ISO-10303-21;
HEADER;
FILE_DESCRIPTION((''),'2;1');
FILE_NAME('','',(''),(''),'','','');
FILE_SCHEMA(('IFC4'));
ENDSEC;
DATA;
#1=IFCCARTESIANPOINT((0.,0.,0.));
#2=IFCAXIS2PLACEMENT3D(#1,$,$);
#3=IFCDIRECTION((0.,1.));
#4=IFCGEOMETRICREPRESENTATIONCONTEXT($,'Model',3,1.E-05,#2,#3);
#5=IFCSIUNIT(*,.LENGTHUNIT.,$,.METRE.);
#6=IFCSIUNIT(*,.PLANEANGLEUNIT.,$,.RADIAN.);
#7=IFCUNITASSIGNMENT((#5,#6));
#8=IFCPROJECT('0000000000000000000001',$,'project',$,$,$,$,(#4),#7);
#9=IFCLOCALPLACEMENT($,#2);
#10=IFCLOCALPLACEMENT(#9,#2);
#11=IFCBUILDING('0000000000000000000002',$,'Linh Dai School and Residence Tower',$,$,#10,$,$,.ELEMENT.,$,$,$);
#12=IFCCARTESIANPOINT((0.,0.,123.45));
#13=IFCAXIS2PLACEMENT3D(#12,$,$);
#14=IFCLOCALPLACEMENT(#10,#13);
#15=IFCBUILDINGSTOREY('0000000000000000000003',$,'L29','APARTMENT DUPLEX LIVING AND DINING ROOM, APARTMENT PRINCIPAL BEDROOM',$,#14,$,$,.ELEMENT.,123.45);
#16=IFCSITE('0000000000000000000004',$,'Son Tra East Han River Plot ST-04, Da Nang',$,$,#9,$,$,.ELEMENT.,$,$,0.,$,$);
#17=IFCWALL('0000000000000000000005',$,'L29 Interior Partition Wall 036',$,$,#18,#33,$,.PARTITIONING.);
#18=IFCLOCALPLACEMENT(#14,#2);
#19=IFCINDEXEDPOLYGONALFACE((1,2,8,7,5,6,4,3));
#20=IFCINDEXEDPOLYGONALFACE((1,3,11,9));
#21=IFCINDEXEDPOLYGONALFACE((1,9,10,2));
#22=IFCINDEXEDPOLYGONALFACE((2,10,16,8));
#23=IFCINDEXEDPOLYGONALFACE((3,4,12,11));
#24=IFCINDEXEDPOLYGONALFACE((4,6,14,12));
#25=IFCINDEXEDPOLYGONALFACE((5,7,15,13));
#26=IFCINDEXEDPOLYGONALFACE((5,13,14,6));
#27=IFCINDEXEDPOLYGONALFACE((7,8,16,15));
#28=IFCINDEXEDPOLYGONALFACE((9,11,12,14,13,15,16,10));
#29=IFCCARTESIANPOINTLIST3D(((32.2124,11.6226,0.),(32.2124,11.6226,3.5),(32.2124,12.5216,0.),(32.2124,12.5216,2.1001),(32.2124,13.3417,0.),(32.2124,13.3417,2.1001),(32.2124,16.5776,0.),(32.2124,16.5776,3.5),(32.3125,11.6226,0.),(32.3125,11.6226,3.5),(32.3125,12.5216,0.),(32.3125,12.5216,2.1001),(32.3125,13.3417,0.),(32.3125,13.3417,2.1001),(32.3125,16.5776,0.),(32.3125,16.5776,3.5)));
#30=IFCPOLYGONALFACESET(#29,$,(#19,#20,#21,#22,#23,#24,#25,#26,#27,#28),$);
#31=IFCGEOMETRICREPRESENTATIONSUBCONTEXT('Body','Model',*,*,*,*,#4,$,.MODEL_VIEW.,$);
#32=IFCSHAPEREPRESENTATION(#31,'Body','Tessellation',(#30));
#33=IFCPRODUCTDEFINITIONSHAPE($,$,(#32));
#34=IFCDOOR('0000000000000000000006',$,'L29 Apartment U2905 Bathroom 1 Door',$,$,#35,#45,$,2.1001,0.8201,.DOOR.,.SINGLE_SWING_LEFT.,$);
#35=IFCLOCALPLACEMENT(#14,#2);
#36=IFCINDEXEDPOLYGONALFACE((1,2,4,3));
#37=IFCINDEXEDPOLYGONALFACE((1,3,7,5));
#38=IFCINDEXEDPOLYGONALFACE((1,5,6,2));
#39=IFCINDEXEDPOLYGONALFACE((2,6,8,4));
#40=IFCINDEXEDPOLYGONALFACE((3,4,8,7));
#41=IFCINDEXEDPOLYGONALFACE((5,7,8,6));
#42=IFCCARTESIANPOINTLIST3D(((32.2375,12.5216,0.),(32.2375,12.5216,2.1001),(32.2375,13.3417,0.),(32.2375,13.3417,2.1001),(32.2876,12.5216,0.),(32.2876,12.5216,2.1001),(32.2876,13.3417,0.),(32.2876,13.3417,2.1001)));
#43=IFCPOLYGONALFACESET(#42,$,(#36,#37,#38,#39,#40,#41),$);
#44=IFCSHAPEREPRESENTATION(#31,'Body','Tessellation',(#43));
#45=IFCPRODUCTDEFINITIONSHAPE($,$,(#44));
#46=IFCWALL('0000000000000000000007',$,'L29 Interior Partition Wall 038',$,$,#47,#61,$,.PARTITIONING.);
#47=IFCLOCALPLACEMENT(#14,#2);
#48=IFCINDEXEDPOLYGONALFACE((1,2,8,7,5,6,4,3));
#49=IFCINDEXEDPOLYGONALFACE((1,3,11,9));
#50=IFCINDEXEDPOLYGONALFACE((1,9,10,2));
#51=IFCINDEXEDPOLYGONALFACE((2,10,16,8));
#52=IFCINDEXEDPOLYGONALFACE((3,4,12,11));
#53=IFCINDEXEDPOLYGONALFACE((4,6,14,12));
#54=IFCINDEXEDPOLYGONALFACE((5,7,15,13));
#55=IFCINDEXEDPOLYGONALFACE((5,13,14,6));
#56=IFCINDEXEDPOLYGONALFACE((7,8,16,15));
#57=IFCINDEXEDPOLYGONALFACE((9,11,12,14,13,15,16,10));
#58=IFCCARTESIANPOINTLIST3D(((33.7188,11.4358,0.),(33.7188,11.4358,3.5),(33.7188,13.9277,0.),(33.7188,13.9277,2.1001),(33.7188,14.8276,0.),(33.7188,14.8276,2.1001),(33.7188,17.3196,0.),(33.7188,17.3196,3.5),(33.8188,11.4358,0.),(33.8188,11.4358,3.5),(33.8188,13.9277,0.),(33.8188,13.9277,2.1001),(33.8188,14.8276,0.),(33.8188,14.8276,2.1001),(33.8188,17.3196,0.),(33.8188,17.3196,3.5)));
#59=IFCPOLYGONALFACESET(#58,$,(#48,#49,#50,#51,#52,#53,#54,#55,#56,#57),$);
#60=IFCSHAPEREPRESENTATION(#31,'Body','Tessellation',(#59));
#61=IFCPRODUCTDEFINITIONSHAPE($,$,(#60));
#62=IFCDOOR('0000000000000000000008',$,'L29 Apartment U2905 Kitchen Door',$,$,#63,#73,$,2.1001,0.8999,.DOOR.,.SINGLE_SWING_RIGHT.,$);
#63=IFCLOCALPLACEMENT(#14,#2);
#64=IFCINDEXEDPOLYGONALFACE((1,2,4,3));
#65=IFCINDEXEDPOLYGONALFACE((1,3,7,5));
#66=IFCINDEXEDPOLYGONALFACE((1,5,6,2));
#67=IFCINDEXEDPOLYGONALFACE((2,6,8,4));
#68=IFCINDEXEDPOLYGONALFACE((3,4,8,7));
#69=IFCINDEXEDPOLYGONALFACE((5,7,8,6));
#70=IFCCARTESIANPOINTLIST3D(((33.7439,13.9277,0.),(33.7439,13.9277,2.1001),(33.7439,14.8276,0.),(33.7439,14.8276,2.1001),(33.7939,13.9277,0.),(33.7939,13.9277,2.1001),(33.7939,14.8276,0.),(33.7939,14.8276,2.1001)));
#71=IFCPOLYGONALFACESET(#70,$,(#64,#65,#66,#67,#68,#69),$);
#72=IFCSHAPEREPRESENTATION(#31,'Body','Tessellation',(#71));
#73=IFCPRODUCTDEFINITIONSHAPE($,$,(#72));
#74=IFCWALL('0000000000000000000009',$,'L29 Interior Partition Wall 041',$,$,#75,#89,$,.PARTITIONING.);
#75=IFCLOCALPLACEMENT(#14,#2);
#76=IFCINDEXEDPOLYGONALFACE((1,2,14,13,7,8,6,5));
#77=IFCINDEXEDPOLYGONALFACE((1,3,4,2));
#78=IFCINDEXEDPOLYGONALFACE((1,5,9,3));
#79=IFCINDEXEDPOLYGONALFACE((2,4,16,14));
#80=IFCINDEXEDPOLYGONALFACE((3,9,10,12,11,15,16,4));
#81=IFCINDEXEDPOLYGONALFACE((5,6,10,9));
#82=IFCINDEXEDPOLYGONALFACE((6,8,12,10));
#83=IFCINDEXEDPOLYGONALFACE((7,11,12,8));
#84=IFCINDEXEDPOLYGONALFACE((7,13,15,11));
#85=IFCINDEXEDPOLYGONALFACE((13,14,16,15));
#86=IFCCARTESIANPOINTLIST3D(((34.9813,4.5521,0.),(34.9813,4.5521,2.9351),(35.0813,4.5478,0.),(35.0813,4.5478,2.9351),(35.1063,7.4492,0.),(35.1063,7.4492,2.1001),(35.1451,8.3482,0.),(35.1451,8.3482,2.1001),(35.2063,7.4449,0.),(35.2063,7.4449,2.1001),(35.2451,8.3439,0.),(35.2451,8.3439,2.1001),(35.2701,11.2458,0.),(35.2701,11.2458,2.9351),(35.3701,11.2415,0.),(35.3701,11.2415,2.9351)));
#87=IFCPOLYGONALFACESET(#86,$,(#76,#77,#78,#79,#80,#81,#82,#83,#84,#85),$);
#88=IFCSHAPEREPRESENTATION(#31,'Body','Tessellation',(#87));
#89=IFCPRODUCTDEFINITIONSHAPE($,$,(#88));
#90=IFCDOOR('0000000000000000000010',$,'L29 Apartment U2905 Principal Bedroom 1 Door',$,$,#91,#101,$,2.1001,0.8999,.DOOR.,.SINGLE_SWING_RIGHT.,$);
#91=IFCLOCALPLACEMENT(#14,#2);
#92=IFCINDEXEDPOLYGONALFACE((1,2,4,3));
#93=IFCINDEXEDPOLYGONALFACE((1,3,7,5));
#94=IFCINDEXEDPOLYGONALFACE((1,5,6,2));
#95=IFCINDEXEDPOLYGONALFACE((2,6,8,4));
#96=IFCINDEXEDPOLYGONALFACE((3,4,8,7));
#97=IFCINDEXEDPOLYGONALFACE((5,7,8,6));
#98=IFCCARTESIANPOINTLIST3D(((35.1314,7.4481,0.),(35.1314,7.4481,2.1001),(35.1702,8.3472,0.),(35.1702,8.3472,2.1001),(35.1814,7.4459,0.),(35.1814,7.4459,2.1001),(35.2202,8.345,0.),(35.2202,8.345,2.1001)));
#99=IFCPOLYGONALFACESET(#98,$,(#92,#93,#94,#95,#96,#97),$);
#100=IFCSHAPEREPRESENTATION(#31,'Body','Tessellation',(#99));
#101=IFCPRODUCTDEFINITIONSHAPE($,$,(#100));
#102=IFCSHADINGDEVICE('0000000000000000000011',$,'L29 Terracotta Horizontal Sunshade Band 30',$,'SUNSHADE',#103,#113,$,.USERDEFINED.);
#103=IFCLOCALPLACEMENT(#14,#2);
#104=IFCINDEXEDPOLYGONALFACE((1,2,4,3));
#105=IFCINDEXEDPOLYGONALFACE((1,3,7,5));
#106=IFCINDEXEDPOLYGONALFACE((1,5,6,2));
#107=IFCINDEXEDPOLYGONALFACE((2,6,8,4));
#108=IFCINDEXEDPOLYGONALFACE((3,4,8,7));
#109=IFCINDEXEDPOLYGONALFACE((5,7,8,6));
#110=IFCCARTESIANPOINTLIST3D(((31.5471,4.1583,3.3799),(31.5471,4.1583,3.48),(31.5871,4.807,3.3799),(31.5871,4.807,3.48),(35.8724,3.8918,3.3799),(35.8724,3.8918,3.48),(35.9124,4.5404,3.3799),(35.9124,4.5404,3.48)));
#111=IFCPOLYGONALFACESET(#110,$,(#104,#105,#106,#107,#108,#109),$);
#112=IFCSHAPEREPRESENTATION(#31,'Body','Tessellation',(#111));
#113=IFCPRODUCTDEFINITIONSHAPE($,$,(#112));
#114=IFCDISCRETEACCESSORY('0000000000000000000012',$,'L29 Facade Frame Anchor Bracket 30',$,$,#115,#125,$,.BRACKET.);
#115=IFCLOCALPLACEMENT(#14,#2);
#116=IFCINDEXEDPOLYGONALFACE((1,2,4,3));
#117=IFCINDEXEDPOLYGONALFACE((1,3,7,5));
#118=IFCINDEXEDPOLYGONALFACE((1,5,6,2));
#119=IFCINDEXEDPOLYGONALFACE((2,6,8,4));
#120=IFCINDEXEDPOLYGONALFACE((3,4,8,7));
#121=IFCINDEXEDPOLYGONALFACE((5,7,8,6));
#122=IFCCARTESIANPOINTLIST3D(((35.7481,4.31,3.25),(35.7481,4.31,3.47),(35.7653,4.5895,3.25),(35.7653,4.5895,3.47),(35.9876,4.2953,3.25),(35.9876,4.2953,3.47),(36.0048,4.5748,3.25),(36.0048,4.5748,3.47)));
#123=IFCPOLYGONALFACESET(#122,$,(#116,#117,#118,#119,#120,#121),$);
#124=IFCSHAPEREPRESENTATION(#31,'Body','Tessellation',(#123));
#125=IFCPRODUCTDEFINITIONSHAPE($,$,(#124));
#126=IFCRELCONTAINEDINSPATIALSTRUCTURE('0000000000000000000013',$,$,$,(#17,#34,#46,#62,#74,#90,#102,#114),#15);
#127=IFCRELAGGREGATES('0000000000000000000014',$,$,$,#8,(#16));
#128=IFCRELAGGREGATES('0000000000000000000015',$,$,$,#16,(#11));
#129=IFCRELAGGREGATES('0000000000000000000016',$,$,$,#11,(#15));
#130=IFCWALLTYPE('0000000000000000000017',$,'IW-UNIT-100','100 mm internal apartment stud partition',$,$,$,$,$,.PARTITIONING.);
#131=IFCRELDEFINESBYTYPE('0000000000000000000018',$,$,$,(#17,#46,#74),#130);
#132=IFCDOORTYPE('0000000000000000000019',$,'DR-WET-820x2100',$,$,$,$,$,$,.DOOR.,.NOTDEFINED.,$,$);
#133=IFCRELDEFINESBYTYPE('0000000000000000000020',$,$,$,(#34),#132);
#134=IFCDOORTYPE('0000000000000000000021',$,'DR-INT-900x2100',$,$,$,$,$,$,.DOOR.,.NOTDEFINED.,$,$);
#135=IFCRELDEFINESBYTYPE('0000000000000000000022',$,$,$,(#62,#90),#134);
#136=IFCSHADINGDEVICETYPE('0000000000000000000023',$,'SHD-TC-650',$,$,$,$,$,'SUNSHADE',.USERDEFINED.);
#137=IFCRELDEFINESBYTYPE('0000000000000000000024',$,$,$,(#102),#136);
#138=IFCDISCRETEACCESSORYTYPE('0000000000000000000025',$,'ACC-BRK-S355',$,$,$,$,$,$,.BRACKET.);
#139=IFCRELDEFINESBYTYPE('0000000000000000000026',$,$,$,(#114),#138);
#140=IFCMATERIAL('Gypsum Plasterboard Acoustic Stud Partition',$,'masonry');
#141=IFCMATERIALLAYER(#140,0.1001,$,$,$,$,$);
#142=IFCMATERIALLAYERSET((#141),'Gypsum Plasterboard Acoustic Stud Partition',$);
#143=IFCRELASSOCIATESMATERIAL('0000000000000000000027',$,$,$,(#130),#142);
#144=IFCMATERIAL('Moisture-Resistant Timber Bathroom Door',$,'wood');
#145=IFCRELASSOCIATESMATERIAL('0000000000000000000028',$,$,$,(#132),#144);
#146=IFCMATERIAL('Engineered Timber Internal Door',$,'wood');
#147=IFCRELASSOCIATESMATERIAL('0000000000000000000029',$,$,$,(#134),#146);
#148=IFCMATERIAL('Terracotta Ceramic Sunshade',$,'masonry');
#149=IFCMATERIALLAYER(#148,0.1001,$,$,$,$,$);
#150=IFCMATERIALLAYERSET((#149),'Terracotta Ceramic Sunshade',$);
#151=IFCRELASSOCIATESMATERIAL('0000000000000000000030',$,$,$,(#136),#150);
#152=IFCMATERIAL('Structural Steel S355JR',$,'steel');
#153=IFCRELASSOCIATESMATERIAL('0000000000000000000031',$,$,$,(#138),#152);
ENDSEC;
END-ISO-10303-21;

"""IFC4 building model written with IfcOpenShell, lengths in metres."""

from ifc_helpers import new_model, si_unit, direction, frame, frame_2d, origin, origin_2d, place, context, subcontext, project, spatial, rectangle, extrude, source, transform, mapped, material, layer, layer_set, type_object, element, fill, save


model = new_model("IFC4")

# Units and contexts
model_context = context("Model", 3, precision=1e-05, world=origin(), true_north=direction((0.0, 1.0)))
body_context = subcontext(model_context, "Body", "Model", "MODEL_VIEW")
ifc_project = project(units=[si_unit("LENGTHUNIT", "METRE"), si_unit("PLANEANGLEUNIT", "RADIAN")], contexts=[model_context])

# Site, building, storey
site_placement = place(None, origin())
site = spatial("IfcSite", under=ifc_project, at=site_placement, Name="Son Tra East Han River Plot ST-04, Da Nang", CompositionType="ELEMENT", RefElevation=0.0)
building_placement = place(site_placement, origin())
building = spatial("IfcBuilding", under=site, at=building_placement, Name="Linh Dai School and Residence Tower", CompositionType="ELEMENT")
storey_placement = place(building_placement, frame((0.0, 0.0, 123.45)))
storey = spatial("IfcBuildingStorey", under=building, at=storey_placement, Name="L29", Description="APARTMENT DUPLEX LIVING AND DINING ROOM, APARTMENT PRINCIPAL BEDROOM", CompositionType="ELEMENT", Elevation=123.45)

# Shared definitions
ifc_material_1 = material(Name="Structural Steel S355JR", Category="steel")

# Shared definitions
ifc_material_2 = material(Name="Gypsum Plasterboard Acoustic Stud Partition", Category="masonry")
ifc_layer_1 = layer(ifc_material_2, 0.1001)
ifc_layer_set_1 = layer_set([ifc_layer_1], Name="Gypsum Plasterboard Acoustic Stud Partition")
wall_type_1 = type_object("IfcWallType", Name="IW-UNIT-100", Description="100 mm internal apartment stud partition", PredefinedType="PARTITIONING", material=ifc_layer_set_1)

# Walls, openings, doors
wall_1_placement = place(storey_placement, frame((32.2625, 11.6226, 0.0), z_axis=(0.0, 0.0, 1.0), x_axis=(0.0, 1.0, 0.0)))
wall_1 = element("IfcWall", 1, at=wall_1_placement, inside=storey, type_object=wall_type_1, Name="L29 Interior Partition Wall 036", PredefinedType="PARTITIONING", context=body_context, shape_type="SweptSolid", body=[
    extrude(rectangle(XDim=4.9551, YDim=0.1001, at=frame_2d((2.4775, 0.0))), origin(), (0.0, 0.0, 1.0), 3.5),
])
opening_1_placement = place(wall_1_placement, frame((0.8989, 0.0, 0.0)))
opening_1 = element("IfcOpeningElement", 2, at=opening_1_placement, cuts=wall_1, PredefinedType="OPENING", context=body_context, shape_type="SweptSolid", body=[
    extrude(rectangle(XDim=0.8201, YDim=2.1001, at=origin_2d()), frame((0.4102, 0.0601, 1.05), z_axis=(0.0, -1.0, 0.0), x_axis=(1.0, 0.0, 0.0)), (0.0, 0.0, 1.0), 0.1201),
])
ifc_material_3 = material(Name="Moisture-Resistant Timber Bathroom Door", Category="wood")
door_type_1 = type_object("IfcDoorType", Name="DR-WET-820x2100", OperationType="NOTDEFINED", PredefinedType="DOOR", material=ifc_material_3)
shared_shape_1 = source(origin(), body_context, "Body", "SweptSolid", [
    extrude(rectangle(XDim=0.8201, YDim=2.1001, at=origin_2d()), frame((0.4102, 0.0249, 1.05), z_axis=(0.0, -1.0, 0.0), x_axis=(1.0, 0.0, 0.0)), (0.0, 0.0, 1.0), 0.05),
])
door_1_placement = place(opening_1_placement, origin())
door_1 = element("IfcDoor", 3, at=door_1_placement, inside=storey, type_object=door_type_1, Name="L29 Apartment U2905 Bathroom 1 Door", OperationType="SINGLE_SWING_LEFT", OverallHeight=2.1001, OverallWidth=0.8201, PredefinedType="DOOR", context=body_context, shape_type="MappedRepresentation", body=[
    mapped(shared_shape_1, transform((0.0, 0.0, 0.0), x_axis=(1.0, 0.0, 0.0), y_axis=(0.0, 1.0, 0.0), z_axis=(0.0, 0.0, 1.0), scale=1.0)),
])
fill(opening_1, door_1)
wall_2_placement = place(storey_placement, frame((33.7688, 11.4358, 0.0), z_axis=(0.0, 0.0, 1.0), x_axis=(0.0, 1.0, 0.0)))
wall_2 = element("IfcWall", 4, at=wall_2_placement, inside=storey, type_object=wall_type_1, Name="L29 Interior Partition Wall 038", PredefinedType="PARTITIONING", context=body_context, shape_type="SweptSolid", body=[
    extrude(rectangle(XDim=5.8838, YDim=0.1001, at=frame_2d((2.9419, 0.0))), origin(), (0.0, 0.0, 1.0), 3.5),
])
opening_2_placement = place(wall_2_placement, frame((2.4919, 0.0, 0.0)))
opening_2 = element("IfcOpeningElement", 5, at=opening_2_placement, cuts=wall_2, PredefinedType="OPENING", context=body_context, shape_type="SweptSolid", body=[
    extrude(rectangle(XDim=0.8999, YDim=2.1001, at=origin_2d()), frame((0.45, 0.0601, 1.05), z_axis=(0.0, -1.0, 0.0), x_axis=(1.0, 0.0, 0.0)), (0.0, 0.0, 1.0), 0.1201),
])
ifc_material_4 = material(Name="Engineered Timber Internal Door", Category="wood")
door_type_2 = type_object("IfcDoorType", Name="DR-INT-900x2100", OperationType="NOTDEFINED", PredefinedType="DOOR", material=ifc_material_4)
shared_shape_2 = source(origin(), body_context, "Body", "SweptSolid", [
    extrude(rectangle(XDim=0.8999, YDim=2.1001, at=origin_2d()), frame((0.45, 0.0249, 1.05), z_axis=(0.0, -1.0, 0.0), x_axis=(1.0, 0.0, 0.0)), (0.0, 0.0, 1.0), 0.05),
])
door_2_placement = place(opening_2_placement, origin())
door_2 = element("IfcDoor", 6, at=door_2_placement, inside=storey, type_object=door_type_2, Name="L29 Apartment U2905 Kitchen Door", OperationType="SINGLE_SWING_RIGHT", OverallHeight=2.1001, OverallWidth=0.8999, PredefinedType="DOOR", context=body_context, shape_type="MappedRepresentation", body=[
    mapped(shared_shape_2, transform((0.0, 0.0, 0.0), x_axis=(1.0, 0.0, 0.0), y_axis=(0.0, 1.0, 0.0), z_axis=(0.0, 0.0, 1.0), scale=1.0)),
])
fill(opening_2, door_2)
wall_3_placement = place(storey_placement, frame((35.0312, 4.5498, 0.0), z_axis=(0.0, 0.0, 1.0), x_axis=(0.043108, 0.99907, 0.0)))
wall_3 = element("IfcWall", 7, at=wall_3_placement, inside=storey, type_object=wall_type_1, Name="L29 Interior Partition Wall 041", PredefinedType="PARTITIONING", context=body_context, shape_type="SweptSolid", body=[
    extrude(rectangle(XDim=6.7, YDim=0.1001, at=frame_2d((3.3501, 0.0))), origin(), (0.0, 0.0, 1.0), 2.9351),
])
opening_3_placement = place(wall_3_placement, frame((2.8999, 0.0, 0.0)))
opening_3 = element("IfcOpeningElement", 8, at=opening_3_placement, cuts=wall_3, PredefinedType="OPENING", context=body_context, shape_type="SweptSolid", body=[
    extrude(rectangle(XDim=0.8999, YDim=2.1001, at=origin_2d()), frame((0.45, 0.0601, 1.05), z_axis=(0.0, -1.0, 0.0), x_axis=(1.0, 0.0, 0.0)), (0.0, 0.0, 1.0), 0.1201),
])
door_3_placement = place(opening_3_placement, origin())
door_3 = element("IfcDoor", 9, at=door_3_placement, inside=storey, type_object=door_type_2, Name="L29 Apartment U2905 Principal Bedroom 1 Door", OperationType="SINGLE_SWING_RIGHT", OverallHeight=2.1001, OverallWidth=0.8999, PredefinedType="DOOR", context=body_context, shape_type="MappedRepresentation", body=[
    mapped(shared_shape_2, transform((0.0, 0.0, 0.0), x_axis=(1.0, 0.0, 0.0), y_axis=(0.0, 1.0, 0.0), z_axis=(0.0, 0.0, 1.0), scale=1.0)),
])
fill(opening_3, door_3)

# Shading device
ifc_material_5 = material(Name="Terracotta Ceramic Sunshade", Category="masonry")
ifc_layer_2 = layer(ifc_material_5, 0.1001)
ifc_layer_set_2 = layer_set([ifc_layer_2], Name="Terracotta Ceramic Sunshade")
shading_device_type = type_object("IfcShadingDeviceType", Name="SHD-TC-650", ElementType="SUNSHADE", PredefinedType="USERDEFINED", material=ifc_layer_set_2)
shared_shape_3 = source(origin(), body_context, "Body", "SweptSolid", [
    extrude(rectangle(XDim=4.3335, YDim=0.6499, at=origin_2d()), origin(), (0.0, 0.0, 1.0), 0.1001),
])
shading_device_placement = place(storey_placement, frame((33.7297, 4.3494, 3.3799), z_axis=(0.0, 0.0, 1.0), x_axis=(-0.998107, 0.061509, 0.0)))
element("IfcShadingDevice", 10, at=shading_device_placement, inside=storey, type_object=shading_device_type, Name="L29 Terracotta Horizontal Sunshade Band 30", ObjectType="SUNSHADE", PredefinedType="USERDEFINED", context=body_context, shape_type="MappedRepresentation", body=[
    mapped(shared_shape_3, transform((0.0, 0.0, 0.0), x_axis=(1.0, 0.0, 0.0), y_axis=(0.0, 1.0, 0.0), z_axis=(0.0, 0.0, 1.0), scale=1.0)),
])

# Discrete accessory
discrete_accessory_type = type_object("IfcDiscreteAccessoryType", Name="ACC-BRK-S355", PredefinedType="BRACKET", material=ifc_material_1)
shared_shape_4 = source(origin(), body_context, "Body", "SweptSolid", [
    extrude(rectangle(XDim=0.28, YDim=0.24, at=origin_2d()), origin(), (0.0, 0.0, 1.0), 0.22),
])
discrete_accessory_placement = place(storey_placement, frame((35.8765, 4.4424, 3.25), z_axis=(0.0, 0.0, 1.0), x_axis=(-0.061509, -0.998107, 0.0)))
element("IfcDiscreteAccessory", 11, at=discrete_accessory_placement, inside=storey, type_object=discrete_accessory_type, Name="L29 Facade Frame Anchor Bracket 30", PredefinedType="BRACKET", context=body_context, shape_type="MappedRepresentation", body=[
    mapped(shared_shape_4, transform((0.0, 0.0, 0.0), x_axis=(1.0, 0.0, 0.0), y_axis=(0.0, 1.0, 0.0), z_axis=(0.0, 0.0, 1.0), scale=1.0)),
])

save(model, "model.ifc")
